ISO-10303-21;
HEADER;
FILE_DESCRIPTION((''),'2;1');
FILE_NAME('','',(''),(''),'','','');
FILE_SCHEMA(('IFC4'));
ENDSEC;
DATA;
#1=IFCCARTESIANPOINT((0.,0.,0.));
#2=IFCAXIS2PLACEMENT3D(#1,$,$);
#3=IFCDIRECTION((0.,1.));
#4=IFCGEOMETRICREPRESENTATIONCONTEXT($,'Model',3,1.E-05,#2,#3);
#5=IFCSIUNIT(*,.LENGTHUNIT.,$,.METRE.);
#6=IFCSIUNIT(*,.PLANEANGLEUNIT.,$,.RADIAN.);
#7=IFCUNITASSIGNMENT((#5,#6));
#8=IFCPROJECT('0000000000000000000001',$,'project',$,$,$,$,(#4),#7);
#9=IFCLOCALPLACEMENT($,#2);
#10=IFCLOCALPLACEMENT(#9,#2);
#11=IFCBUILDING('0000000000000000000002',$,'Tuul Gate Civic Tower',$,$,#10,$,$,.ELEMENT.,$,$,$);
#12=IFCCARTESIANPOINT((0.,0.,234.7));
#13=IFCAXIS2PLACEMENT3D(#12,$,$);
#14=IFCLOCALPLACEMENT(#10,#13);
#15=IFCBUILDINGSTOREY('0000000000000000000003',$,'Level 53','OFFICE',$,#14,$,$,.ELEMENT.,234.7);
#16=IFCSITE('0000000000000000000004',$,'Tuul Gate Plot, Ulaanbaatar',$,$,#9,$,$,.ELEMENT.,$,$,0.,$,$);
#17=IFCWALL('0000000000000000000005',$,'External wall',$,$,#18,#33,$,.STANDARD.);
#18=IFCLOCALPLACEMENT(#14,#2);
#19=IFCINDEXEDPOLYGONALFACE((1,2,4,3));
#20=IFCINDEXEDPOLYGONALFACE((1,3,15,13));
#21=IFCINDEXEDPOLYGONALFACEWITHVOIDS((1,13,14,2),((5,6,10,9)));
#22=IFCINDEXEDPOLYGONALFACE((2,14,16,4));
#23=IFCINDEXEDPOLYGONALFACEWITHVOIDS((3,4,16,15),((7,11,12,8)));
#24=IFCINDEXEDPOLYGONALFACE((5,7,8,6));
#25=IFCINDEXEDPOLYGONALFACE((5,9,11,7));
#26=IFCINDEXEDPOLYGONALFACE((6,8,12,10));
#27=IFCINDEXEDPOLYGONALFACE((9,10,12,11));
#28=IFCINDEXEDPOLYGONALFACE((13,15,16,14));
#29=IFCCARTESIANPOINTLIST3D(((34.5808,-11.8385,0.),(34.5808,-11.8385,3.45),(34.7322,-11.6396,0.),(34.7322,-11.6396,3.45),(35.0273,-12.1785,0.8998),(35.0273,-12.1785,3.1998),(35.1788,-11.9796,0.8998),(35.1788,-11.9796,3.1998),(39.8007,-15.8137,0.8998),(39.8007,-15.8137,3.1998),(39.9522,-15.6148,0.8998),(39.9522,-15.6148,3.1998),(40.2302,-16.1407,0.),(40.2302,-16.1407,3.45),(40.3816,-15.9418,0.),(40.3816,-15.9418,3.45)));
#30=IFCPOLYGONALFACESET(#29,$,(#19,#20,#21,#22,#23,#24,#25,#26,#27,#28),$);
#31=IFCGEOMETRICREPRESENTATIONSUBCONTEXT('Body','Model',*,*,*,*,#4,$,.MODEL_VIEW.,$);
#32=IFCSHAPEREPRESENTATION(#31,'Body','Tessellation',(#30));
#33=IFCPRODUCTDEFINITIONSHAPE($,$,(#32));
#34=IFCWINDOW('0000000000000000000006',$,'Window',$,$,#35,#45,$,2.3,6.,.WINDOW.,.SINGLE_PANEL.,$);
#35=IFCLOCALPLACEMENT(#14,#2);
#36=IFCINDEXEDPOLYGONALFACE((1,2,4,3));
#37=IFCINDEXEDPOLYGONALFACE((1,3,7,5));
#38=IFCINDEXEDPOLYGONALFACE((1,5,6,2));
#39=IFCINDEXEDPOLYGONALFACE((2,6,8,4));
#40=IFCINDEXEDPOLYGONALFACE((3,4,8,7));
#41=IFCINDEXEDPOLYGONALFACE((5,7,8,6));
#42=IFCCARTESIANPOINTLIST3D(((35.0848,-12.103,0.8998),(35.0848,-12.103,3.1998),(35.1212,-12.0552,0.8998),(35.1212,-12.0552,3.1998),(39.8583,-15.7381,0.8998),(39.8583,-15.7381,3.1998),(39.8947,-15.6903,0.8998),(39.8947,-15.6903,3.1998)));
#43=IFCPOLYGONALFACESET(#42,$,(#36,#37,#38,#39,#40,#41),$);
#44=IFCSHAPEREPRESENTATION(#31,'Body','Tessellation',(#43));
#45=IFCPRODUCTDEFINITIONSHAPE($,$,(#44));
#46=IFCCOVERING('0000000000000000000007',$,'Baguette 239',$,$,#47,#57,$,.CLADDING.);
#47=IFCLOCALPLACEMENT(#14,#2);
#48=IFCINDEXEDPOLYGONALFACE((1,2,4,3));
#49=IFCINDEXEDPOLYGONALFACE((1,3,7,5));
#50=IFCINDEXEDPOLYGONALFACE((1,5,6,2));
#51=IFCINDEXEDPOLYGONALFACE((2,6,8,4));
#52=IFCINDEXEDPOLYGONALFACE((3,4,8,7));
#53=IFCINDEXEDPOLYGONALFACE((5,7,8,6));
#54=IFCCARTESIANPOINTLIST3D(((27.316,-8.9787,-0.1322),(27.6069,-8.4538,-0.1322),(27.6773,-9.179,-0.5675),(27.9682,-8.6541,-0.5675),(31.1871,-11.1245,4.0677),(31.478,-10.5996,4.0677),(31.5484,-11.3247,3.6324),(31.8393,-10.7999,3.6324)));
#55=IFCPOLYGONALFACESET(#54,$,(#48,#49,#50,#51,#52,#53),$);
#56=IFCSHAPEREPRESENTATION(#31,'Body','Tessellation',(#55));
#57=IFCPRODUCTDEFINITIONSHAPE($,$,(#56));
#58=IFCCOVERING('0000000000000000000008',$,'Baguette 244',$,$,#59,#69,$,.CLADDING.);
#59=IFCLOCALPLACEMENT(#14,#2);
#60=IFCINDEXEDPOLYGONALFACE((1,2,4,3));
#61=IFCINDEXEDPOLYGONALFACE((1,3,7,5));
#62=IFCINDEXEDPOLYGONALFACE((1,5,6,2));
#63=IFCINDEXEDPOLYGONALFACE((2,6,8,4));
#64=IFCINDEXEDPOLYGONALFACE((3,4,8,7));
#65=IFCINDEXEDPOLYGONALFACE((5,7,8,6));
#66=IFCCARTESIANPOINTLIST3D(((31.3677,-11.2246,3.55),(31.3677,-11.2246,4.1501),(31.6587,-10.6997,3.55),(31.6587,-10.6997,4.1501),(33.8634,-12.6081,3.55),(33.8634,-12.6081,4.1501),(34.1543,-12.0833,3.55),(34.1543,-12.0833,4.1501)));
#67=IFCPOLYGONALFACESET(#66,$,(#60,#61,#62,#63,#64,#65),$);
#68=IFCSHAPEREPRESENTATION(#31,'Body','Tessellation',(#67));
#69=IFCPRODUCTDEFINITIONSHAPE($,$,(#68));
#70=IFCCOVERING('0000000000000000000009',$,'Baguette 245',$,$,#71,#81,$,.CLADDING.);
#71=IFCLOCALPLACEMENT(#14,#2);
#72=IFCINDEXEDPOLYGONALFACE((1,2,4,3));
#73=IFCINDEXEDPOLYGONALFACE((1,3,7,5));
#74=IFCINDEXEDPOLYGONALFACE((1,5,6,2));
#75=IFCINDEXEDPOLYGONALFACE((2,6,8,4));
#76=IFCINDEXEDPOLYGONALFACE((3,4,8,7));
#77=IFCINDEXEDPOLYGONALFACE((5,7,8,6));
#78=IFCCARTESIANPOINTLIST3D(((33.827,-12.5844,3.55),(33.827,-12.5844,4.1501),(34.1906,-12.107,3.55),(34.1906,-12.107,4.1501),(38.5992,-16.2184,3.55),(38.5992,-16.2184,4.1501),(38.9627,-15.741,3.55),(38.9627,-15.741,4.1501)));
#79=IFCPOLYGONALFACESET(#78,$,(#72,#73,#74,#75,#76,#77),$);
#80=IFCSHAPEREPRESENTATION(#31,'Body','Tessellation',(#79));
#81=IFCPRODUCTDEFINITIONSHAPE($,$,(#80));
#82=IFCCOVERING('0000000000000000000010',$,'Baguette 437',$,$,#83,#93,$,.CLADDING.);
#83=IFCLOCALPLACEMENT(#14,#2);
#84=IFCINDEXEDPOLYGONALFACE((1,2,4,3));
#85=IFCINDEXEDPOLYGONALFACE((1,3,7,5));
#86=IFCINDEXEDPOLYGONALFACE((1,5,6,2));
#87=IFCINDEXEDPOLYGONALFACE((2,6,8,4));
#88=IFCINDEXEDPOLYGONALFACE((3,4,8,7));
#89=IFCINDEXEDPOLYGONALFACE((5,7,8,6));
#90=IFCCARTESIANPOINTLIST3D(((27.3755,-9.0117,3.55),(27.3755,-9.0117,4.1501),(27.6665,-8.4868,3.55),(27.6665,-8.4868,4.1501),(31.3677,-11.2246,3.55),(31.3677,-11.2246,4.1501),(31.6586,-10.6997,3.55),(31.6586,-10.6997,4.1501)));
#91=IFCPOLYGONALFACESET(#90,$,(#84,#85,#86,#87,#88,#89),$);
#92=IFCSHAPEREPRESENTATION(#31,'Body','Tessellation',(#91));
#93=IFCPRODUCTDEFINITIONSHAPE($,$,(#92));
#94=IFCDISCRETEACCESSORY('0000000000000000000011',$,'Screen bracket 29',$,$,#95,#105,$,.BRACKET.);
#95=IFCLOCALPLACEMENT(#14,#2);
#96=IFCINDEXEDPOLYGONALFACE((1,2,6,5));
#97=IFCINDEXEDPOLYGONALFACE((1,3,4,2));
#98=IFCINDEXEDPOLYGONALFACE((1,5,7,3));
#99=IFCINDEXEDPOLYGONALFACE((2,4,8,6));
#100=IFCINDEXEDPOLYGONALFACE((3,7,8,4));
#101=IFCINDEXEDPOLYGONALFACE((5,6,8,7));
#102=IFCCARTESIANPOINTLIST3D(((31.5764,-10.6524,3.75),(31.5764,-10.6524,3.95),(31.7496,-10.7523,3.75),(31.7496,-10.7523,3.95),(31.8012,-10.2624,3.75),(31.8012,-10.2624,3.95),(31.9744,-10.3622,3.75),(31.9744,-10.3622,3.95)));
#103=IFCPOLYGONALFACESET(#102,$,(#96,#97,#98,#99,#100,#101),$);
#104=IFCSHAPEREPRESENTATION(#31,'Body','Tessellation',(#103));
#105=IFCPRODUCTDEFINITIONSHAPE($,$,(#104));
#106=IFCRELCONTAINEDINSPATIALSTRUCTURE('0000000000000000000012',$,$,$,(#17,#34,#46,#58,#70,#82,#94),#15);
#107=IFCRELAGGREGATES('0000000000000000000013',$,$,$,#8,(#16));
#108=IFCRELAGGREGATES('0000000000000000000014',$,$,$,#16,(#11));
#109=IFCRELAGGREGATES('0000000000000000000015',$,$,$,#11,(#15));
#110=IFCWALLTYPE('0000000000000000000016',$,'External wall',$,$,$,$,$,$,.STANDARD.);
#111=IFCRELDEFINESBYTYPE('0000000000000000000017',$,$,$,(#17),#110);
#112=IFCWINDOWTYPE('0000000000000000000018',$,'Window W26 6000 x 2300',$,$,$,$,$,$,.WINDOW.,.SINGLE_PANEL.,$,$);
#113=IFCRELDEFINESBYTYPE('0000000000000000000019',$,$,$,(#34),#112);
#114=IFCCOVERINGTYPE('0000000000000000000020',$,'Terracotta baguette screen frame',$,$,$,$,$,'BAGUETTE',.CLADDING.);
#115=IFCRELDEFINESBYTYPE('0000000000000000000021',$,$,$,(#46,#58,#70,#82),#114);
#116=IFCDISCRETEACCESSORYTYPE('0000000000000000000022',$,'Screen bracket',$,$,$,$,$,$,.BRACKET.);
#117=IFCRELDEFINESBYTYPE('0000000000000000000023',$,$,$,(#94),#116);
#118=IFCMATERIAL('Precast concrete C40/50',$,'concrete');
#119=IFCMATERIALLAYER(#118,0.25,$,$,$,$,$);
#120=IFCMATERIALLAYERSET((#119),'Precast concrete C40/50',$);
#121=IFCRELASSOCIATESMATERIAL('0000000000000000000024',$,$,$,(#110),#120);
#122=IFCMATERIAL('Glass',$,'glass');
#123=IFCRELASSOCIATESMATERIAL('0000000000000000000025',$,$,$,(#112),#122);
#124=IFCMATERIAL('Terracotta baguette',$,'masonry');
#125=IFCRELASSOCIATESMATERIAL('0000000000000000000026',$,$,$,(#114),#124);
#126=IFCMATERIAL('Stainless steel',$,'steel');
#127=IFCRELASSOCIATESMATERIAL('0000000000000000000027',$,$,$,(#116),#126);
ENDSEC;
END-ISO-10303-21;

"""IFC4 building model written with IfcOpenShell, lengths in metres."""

from ifc_helpers import new_model, si_unit, direction, frame, frame_2d, origin, origin_2d, place, context, subcontext, project, spatial, rectangle, extrude, material, layer, layer_set, material_profile, profile_set, type_object, element, fill, save


model = new_model("IFC4")

# Units and contexts
model_context = context("Model", 3, precision=1e-05, world=origin(), true_north=direction((0.0, 1.0)))
body_context = subcontext(model_context, "Body", "Model", "MODEL_VIEW")
ifc_project = project(units=[si_unit("LENGTHUNIT", "METRE"), si_unit("PLANEANGLEUNIT", "RADIAN")], contexts=[model_context])

# Site, building, storey
site_placement = place(None, origin())
site = spatial("IfcSite", under=ifc_project, at=site_placement, Name="Tuul Gate Plot, Ulaanbaatar", CompositionType="ELEMENT", RefElevation=0.0)
building_placement = place(site_placement, origin())
building = spatial("IfcBuilding", under=site, at=building_placement, Name="Tuul Gate Civic Tower", CompositionType="ELEMENT")
storey_placement = place(building_placement, frame((0.0, 0.0, 234.7)))
storey = spatial("IfcBuildingStorey", under=building, at=storey_placement, Name="Level 53", Description="OFFICE", CompositionType="ELEMENT", Elevation=234.7)

# Wall, opening, window
ifc_material_1 = material(Name="Precast concrete C40/50", Category="concrete")
ifc_layer_1 = layer(ifc_material_1, 0.25)
ifc_layer_set_1 = layer_set([ifc_layer_1], Name="Precast concrete C40/50")
wall_type_1 = type_object("IfcWallType", Name="External wall", PredefinedType="STANDARD", material=ifc_layer_set_1)
ifc_material_2 = material(Name="Glass", Category="glass")
window_type = type_object("IfcWindowType", Name="Window W26 6000 x 2300", PartitioningType="SINGLE_PANEL", PredefinedType="WINDOW", material=ifc_material_2)
wall_1_placement = place(storey_placement, frame((34.6565, -11.739, 0.0), z_axis=(0.0, 0.0, 1.0), x_axis=(0.795572, -0.605859, 0.0)))
wall_1 = element("IfcWall", 1, at=wall_1_placement, inside=storey, type_object=wall_type_1, Name="External wall", PredefinedType="STANDARD", context=body_context, shape_type="SweptSolid", body=[
    extrude(rectangle(XDim=7.1011, YDim=0.25, at=frame_2d((3.5505, 0.0))), origin(), (0.0, 0.0, 1.0), 3.45),
])
opening_1_placement = place(wall_1_placement, frame((0.5613, 0.0, 0.8999)))
opening_1 = element("IfcOpeningElement", 2, at=opening_1_placement, cuts=wall_1, PredefinedType="OPENING", context=body_context, shape_type="SweptSolid", body=[
    extrude(rectangle(XDim=6.0, YDim=2.3, at=frame_2d((3.0, 1.1499))), frame((0.0, 0.135, 0.0), z_axis=(0.0, -1.0, 0.0), x_axis=(1.0, 0.0, 0.0)), (0.0, 0.0, 1.0), 0.27),
])
window_1_placement = place(opening_1_placement, origin())
window_1 = element("IfcWindow", 3, at=window_1_placement, inside=storey, type_object=window_type, Name="Window", OverallHeight=2.3, OverallWidth=6.0, PartitioningType="SINGLE_PANEL", PredefinedType="WINDOW", context=body_context, shape_type="SweptSolid", body=[
    extrude(rectangle(XDim=6.0, YDim=2.3, at=frame_2d((3.0, 1.1499))), frame((0.0, 0.03, 0.0), z_axis=(0.0, -1.0, 0.0), x_axis=(1.0, 0.0, 0.0)), (0.0, 0.0, 1.0), 0.0601),
])
fill(opening_1, window_1)

# Coverings
ifc_material_3 = material(Name="Terracotta baguette", Category="masonry")
ifc_material_profile_1 = material_profile(ifc_material_3, rectangle(XDim=0.6001, YDim=0.6001, at=origin_2d()), Name="Terracotta baguette screen frame")
ifc_profile_set_1 = profile_set([ifc_material_profile_1], Name="Terracotta baguette")
covering_type = type_object("IfcCoveringType", Name="Terracotta baguette screen frame", ElementType="BAGUETTE", PredefinedType="CLADDING", material=ifc_profile_set_1)
covering_1_placement = place(storey_placement, frame((27.6421, -8.8164, -0.3499), z_axis=(0.634442, -0.351672, 0.688339), x_axis=(0.484804, 0.874623, 0.0)))
element("IfcCovering", 4, at=covering_1_placement, inside=storey, type_object=covering_type, Name="Baguette 239", PredefinedType="CLADDING", context=body_context, shape_type="SweptSolid", body=[
    extrude(rectangle(XDim=0.6001, YDim=0.6001, at=origin_2d()), origin(), (0.0, 0.0, 1.0), 6.1016),
])
covering_2_placement = place(storey_placement, frame((31.5132, -10.9622, 3.8501), z_axis=(0.874589, -0.484865, 0.0), x_axis=(0.484865, 0.874589, 0.0)))
element("IfcCovering", 5, at=covering_2_placement, inside=storey, type_object=covering_type, Name="Baguette 244", PredefinedType="CLADDING", context=body_context, shape_type="SweptSolid", body=[
    extrude(rectangle(XDim=0.6001, YDim=0.6001, at=origin_2d()), origin(), (0.0, 0.0, 1.0), 2.8535),
])
covering_3_placement = place(storey_placement, frame((34.0088, -12.3457, 3.8501), z_axis=(0.795588, -0.605838, 0.0), x_axis=(0.605838, 0.795588, 0.0)))
element("IfcCovering", 6, at=covering_3_placement, inside=storey, type_object=covering_type, Name="Baguette 245", PredefinedType="CLADDING", context=body_context, shape_type="SweptSolid", body=[
    extrude(rectangle(XDim=0.6001, YDim=0.6001, at=origin_2d()), origin(), (0.0, 0.0, 1.0), 5.9983),
])
covering_4_placement = place(storey_placement, frame((27.521, -8.7493, 3.8501), z_axis=(0.874621, -0.484807, 0.0), x_axis=(0.484807, 0.874621, 0.0)))
element("IfcCovering", 7, at=covering_4_placement, inside=storey, type_object=covering_type, Name="Baguette 437", PredefinedType="CLADDING", context=body_context, shape_type="SweptSolid", body=[
    extrude(rectangle(XDim=0.6001, YDim=0.6001, at=origin_2d()), origin(), (0.0, 0.0, 1.0), 4.5645),
])

# Discrete accessory
ifc_material_4 = material(Name="Stainless steel", Category="steel")
discrete_accessory_type = type_object("IfcDiscreteAccessoryType", Name="Screen bracket", PredefinedType="BRACKET", material=ifc_material_4)
discrete_accessory_placement = place(storey_placement, frame((31.7754, -10.5073, 3.75), z_axis=(0.0, 0.0, 1.0), x_axis=(-0.499367, -0.866391, 0.0)))
element("IfcDiscreteAccessory", 8, at=discrete_accessory_placement, inside=storey, type_object=discrete_accessory_type, Name="Screen bracket 29", PredefinedType="BRACKET", context=body_context, shape_type="SweptSolid", body=[
    extrude(rectangle(XDim=0.4502, YDim=0.2, at=origin_2d()), origin(), (0.0, 0.0, 1.0), 0.2),
])

save(model, "model.ifc")
